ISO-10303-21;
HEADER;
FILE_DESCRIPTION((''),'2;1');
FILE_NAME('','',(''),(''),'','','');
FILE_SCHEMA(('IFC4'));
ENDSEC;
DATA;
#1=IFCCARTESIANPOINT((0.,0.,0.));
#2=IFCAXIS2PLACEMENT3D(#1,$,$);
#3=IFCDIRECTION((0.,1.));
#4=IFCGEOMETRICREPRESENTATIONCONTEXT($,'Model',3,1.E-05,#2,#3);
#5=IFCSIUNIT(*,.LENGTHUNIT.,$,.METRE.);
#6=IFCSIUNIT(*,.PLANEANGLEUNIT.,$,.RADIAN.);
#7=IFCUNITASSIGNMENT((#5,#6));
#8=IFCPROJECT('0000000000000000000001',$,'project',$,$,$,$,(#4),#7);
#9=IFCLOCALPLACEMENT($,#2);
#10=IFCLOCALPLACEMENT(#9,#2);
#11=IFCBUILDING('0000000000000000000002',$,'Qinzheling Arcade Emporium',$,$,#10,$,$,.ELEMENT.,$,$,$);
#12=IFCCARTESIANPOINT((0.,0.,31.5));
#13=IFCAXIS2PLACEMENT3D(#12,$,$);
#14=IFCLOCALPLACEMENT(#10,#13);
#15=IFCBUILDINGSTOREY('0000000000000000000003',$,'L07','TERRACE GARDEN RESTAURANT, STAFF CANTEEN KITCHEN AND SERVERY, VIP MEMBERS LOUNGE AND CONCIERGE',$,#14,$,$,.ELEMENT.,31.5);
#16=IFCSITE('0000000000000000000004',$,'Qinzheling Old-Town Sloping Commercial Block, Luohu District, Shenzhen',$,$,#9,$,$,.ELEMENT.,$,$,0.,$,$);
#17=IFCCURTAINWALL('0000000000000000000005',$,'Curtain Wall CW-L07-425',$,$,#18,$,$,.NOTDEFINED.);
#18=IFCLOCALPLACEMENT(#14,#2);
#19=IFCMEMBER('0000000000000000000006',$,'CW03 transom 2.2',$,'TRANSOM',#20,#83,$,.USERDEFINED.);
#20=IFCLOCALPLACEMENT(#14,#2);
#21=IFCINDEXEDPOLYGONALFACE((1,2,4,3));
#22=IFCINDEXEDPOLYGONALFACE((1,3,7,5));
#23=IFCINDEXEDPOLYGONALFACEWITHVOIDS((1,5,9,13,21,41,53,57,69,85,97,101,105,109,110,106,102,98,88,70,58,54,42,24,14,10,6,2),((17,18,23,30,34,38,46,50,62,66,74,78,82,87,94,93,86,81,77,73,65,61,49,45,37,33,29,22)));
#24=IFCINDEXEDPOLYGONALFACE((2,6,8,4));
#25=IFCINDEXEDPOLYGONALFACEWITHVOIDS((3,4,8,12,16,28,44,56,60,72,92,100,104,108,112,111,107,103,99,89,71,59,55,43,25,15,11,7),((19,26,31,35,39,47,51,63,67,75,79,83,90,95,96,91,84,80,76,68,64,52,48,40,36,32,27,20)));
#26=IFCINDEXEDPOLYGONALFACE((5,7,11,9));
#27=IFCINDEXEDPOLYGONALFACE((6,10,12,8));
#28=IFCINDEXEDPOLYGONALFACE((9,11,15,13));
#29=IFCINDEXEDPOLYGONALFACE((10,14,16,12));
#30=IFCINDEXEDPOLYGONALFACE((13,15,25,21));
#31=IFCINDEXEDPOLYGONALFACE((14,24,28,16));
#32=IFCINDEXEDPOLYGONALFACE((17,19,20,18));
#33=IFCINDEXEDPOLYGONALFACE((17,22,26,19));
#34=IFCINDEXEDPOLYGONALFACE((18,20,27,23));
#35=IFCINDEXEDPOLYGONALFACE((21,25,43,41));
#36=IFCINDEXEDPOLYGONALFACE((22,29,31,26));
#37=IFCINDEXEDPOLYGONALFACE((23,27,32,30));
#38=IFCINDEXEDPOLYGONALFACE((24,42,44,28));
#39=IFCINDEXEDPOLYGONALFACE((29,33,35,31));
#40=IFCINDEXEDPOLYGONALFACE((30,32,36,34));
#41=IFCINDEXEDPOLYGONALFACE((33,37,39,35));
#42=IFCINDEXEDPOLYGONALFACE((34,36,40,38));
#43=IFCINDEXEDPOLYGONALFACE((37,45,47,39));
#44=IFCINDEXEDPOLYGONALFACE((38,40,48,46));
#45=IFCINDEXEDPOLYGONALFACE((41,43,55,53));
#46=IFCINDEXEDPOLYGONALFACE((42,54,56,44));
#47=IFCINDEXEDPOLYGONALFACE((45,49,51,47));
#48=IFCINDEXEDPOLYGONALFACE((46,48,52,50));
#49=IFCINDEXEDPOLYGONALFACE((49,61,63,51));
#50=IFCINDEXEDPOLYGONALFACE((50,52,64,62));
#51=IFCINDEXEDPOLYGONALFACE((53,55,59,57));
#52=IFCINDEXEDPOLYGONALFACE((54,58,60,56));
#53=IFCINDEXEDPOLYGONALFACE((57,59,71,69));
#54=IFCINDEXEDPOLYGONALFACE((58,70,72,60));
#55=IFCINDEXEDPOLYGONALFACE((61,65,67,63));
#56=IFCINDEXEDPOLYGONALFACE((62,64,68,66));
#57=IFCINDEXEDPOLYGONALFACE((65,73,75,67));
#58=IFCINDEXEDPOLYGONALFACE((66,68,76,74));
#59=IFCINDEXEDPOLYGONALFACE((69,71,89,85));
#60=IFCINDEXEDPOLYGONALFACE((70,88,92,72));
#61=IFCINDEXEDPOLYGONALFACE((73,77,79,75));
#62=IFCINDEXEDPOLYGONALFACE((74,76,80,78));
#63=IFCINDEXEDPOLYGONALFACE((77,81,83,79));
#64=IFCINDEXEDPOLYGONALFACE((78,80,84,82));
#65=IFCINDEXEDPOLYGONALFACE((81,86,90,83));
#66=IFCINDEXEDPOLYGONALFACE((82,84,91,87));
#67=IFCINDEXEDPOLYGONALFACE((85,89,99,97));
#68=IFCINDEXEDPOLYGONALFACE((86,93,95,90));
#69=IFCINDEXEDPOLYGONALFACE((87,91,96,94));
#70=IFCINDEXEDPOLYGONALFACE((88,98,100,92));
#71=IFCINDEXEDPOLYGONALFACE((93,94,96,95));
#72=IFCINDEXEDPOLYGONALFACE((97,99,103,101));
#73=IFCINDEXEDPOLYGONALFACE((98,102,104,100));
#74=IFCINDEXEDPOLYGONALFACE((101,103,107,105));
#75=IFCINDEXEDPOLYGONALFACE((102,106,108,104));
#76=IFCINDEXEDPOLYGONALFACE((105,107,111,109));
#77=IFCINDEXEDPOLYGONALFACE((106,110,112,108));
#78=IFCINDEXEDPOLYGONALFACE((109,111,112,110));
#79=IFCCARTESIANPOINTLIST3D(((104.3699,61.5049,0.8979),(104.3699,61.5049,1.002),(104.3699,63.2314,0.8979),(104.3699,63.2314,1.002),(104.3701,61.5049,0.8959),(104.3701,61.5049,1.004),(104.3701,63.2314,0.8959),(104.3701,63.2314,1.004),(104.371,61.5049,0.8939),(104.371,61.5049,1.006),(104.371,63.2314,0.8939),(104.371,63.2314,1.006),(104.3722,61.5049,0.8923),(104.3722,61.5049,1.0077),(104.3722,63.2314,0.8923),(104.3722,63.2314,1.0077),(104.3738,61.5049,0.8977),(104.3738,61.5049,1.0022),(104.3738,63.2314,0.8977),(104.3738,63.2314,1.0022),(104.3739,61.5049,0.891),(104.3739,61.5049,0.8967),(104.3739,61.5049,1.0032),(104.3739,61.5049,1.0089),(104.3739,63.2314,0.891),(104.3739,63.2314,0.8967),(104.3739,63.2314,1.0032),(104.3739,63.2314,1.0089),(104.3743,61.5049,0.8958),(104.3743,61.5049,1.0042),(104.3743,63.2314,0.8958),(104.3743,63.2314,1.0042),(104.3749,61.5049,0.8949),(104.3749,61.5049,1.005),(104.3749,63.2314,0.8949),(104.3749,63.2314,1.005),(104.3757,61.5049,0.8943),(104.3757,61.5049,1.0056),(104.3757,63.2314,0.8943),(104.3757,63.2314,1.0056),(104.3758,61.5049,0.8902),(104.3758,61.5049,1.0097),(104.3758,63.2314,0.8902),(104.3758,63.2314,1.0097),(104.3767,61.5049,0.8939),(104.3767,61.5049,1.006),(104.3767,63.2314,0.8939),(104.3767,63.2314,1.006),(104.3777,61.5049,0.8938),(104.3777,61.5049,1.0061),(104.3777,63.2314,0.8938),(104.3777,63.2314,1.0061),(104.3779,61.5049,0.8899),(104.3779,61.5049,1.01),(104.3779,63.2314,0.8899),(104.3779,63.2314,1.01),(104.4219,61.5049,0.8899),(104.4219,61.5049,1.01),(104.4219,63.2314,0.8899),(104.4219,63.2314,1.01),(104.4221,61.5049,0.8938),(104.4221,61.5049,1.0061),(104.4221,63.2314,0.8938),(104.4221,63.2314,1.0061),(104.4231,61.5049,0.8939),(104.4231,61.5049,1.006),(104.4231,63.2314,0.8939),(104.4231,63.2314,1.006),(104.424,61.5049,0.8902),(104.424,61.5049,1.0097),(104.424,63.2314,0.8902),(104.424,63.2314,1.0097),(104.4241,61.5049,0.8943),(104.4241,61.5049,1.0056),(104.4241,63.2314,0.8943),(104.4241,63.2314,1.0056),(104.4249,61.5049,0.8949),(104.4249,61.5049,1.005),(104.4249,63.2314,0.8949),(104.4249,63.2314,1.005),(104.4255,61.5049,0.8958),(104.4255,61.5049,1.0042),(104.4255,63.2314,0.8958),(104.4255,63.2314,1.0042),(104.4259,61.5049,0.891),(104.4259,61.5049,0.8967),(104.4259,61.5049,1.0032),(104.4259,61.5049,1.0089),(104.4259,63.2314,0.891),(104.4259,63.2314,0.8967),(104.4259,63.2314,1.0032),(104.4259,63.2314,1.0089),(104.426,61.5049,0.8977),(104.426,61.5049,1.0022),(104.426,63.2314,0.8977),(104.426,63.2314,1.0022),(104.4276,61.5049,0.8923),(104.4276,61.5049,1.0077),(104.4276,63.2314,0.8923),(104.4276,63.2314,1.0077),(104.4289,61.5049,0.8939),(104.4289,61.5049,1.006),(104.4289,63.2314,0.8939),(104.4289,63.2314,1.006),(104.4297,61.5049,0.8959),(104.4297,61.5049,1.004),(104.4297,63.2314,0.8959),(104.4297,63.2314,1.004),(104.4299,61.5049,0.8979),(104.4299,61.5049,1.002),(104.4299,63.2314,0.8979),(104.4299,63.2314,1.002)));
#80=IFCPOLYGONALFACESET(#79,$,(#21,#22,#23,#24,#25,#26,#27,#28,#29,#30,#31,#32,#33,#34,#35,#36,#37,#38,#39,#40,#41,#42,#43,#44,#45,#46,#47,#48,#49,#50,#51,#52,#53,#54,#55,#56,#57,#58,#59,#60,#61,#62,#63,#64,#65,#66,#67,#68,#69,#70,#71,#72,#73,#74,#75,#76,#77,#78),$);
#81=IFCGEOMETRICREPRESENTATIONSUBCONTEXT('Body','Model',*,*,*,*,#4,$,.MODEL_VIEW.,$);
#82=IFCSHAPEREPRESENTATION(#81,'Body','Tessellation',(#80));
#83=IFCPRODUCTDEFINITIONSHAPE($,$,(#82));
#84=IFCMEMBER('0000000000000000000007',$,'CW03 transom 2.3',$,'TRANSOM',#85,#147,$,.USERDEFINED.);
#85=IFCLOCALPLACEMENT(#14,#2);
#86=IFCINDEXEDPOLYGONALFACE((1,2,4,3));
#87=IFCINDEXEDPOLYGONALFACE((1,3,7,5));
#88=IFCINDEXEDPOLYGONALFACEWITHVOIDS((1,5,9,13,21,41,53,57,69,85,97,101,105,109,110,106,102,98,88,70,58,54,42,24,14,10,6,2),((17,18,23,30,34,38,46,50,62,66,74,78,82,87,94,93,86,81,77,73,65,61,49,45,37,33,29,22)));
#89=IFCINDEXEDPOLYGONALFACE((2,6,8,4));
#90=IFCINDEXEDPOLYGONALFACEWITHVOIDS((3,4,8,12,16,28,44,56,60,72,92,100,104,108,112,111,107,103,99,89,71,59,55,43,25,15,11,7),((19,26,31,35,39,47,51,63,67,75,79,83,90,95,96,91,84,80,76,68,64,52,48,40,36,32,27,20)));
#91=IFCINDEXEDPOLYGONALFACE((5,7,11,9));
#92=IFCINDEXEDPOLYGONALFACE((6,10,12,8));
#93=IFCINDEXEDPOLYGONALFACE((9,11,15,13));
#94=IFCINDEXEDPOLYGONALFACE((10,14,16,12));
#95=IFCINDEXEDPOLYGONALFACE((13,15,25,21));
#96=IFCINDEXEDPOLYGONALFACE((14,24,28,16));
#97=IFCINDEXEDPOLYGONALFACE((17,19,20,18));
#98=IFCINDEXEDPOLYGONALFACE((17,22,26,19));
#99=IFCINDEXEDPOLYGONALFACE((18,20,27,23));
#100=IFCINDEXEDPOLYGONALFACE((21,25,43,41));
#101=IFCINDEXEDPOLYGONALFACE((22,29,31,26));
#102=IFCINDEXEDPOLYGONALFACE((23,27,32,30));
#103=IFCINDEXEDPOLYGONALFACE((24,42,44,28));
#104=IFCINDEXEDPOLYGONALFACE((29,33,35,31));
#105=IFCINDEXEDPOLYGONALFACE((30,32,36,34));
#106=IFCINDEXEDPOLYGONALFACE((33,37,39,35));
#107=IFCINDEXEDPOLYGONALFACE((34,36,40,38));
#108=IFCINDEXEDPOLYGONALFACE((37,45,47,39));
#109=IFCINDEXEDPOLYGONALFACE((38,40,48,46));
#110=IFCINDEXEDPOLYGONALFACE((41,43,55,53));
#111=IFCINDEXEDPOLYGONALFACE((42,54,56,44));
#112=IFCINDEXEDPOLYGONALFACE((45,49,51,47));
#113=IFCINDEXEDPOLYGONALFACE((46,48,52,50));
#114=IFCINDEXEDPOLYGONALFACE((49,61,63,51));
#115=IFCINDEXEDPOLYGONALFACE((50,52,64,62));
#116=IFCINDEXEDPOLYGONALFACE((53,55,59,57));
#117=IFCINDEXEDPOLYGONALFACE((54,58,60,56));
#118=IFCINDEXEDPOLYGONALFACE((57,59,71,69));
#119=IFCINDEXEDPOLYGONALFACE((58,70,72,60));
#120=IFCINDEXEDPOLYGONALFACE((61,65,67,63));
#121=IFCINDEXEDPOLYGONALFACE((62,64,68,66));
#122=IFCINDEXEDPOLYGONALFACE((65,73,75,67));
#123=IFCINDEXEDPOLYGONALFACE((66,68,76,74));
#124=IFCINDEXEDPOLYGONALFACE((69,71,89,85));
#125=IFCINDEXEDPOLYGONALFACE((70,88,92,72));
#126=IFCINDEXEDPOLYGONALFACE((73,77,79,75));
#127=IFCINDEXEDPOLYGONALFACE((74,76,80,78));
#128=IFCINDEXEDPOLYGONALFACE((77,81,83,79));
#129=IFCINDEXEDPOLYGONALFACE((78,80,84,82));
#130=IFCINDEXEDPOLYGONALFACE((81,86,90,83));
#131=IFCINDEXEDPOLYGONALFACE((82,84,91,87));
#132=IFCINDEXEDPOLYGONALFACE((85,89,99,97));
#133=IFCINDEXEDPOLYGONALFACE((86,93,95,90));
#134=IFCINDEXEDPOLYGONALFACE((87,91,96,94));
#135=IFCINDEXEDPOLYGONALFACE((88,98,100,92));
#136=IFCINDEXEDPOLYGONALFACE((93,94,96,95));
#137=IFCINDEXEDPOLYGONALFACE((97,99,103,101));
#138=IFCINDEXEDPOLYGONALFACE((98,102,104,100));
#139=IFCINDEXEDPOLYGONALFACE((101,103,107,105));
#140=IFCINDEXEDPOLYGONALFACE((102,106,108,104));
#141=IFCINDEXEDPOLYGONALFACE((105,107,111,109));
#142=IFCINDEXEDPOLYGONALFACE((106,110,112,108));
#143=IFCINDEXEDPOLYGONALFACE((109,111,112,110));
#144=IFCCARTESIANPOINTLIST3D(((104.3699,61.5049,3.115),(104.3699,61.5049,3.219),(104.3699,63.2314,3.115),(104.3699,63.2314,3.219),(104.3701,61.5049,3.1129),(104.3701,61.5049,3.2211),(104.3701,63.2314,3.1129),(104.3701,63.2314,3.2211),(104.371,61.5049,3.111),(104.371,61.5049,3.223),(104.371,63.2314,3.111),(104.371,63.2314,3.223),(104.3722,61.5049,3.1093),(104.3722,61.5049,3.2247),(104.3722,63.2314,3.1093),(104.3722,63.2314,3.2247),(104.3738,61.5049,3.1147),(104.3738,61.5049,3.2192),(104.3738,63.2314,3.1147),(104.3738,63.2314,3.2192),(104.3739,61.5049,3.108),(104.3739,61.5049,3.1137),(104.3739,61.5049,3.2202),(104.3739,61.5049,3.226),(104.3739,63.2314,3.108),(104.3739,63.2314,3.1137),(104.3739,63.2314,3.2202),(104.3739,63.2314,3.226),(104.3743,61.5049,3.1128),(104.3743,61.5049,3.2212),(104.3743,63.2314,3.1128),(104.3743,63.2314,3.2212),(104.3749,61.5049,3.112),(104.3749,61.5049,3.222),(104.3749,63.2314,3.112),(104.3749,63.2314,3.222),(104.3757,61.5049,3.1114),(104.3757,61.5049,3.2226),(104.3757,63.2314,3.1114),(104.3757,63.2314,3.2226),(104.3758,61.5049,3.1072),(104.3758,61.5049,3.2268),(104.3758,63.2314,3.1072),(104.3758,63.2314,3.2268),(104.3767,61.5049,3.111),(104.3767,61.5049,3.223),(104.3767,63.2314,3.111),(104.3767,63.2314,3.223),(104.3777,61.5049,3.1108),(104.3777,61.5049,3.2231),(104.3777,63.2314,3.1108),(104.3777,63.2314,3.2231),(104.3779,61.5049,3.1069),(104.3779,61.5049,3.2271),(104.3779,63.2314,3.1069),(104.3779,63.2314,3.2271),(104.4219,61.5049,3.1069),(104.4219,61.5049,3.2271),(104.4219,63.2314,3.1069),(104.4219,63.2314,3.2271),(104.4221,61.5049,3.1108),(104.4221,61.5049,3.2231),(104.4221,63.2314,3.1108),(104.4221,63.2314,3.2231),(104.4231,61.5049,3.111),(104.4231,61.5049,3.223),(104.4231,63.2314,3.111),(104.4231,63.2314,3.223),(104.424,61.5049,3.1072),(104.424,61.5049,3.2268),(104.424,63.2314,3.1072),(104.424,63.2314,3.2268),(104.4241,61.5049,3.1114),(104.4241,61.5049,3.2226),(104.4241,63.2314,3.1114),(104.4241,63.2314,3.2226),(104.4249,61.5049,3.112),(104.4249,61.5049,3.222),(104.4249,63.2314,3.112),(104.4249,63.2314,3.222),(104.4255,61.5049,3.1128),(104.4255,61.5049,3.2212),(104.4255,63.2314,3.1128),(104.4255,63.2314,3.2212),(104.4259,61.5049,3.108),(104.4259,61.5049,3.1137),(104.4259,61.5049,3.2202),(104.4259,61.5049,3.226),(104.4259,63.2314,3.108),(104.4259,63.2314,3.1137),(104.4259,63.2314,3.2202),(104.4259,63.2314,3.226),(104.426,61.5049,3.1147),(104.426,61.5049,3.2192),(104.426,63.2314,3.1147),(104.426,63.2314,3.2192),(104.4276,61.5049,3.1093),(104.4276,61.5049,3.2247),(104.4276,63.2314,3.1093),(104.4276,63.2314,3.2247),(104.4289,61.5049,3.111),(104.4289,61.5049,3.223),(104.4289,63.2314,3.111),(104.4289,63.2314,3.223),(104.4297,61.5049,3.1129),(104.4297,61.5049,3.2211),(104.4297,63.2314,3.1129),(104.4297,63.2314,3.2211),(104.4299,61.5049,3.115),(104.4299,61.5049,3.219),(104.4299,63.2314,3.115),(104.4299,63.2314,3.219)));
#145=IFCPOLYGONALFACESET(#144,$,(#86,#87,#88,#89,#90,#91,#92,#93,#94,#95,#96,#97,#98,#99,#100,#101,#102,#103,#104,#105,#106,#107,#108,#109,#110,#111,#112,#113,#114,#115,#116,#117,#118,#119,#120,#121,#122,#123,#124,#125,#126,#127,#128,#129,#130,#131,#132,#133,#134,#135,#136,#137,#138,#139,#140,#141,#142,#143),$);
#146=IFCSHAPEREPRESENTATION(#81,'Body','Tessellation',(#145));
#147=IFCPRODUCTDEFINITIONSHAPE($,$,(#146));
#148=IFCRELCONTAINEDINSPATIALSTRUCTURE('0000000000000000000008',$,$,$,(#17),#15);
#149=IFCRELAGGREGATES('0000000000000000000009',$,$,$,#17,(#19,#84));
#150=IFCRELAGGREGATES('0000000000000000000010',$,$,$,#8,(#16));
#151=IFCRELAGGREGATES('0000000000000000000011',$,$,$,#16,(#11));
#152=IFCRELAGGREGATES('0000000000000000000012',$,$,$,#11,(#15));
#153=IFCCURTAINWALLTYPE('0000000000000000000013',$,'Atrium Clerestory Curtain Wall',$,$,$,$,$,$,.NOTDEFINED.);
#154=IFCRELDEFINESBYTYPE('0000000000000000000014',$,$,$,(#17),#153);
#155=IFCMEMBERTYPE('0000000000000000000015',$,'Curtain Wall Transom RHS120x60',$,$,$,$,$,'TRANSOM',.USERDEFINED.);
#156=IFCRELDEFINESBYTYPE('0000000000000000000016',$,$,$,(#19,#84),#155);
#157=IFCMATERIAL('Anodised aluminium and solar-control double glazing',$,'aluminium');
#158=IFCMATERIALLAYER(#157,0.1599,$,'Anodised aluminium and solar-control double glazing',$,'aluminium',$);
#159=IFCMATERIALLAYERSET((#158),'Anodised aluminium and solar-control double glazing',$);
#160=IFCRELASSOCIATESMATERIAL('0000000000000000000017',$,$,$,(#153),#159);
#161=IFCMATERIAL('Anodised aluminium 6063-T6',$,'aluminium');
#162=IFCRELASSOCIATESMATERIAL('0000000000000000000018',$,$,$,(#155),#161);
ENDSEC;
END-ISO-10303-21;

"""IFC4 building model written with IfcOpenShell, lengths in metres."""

from ifc_helpers import new_model, si_unit, direction, frame, origin, origin_2d, place, context, subcontext, project, spatial, hollow_rectangle, extrude, material, layer, layer_set, material_profile, profile_set, type_object, element, aggregate, save


model = new_model("IFC4")

# Units and contexts
model_context = context("Model", 3, precision=1e-05, world=origin(), true_north=direction((0.0, 1.0)))
body_context = subcontext(model_context, "Body", "Model", "MODEL_VIEW")
ifc_project = project(units=[si_unit("LENGTHUNIT", "METRE"), si_unit("PLANEANGLEUNIT", "RADIAN")], contexts=[model_context])

# Site, building, storey
site_placement = place(None, origin())
site = spatial("IfcSite", under=ifc_project, at=site_placement, Name="Qinzheling Old-Town Sloping Commercial Block, Luohu District, Shenzhen", CompositionType="ELEMENT", RefElevation=0.0)
building_placement = place(site_placement, origin())
building = spatial("IfcBuilding", under=site, at=building_placement, Name="Qinzheling Arcade Emporium", CompositionType="ELEMENT")
storey_placement = place(building_placement, frame((0.0, 0.0, 31.5)))
storey = spatial("IfcBuildingStorey", under=building, at=storey_placement, Name="L07", Description="TERRACE GARDEN RESTAURANT, STAFF CANTEEN KITCHEN AND SERVERY, VIP MEMBERS LOUNGE AND CONCIERGE", CompositionType="ELEMENT", Elevation=31.5)

# Shared definitions
ifc_material_1 = material(Name="Anodised aluminium and solar-control double glazing", Category="aluminium")
ifc_layer_1 = layer(ifc_material_1, 0.1599, Name="Anodised aluminium and solar-control double glazing", Category="aluminium")
ifc_layer_set_1 = layer_set([ifc_layer_1], Name="Anodised aluminium and solar-control double glazing")
curtain_wall_type = type_object("IfcCurtainWallType", Name="Atrium Clerestory Curtain Wall", PredefinedType="NOTDEFINED", material=ifc_layer_set_1)
ifc_material_2 = material(Name="Anodised aluminium 6063-T6", Category="aluminium")

# Curtain wall
curtain_wall_1_placement = place(storey_placement, origin())
curtain_wall_1 = element("IfcCurtainWall", 1, at=curtain_wall_1_placement, inside=storey, type_object=curtain_wall_type, Name="Curtain Wall CW-L07-425", PredefinedType="NOTDEFINED")

# Members
ifc_material_profile_1 = material_profile(ifc_material_2, hollow_rectangle(XDim=0.0601, YDim=0.1201, WallThickness=0.0039, InnerFilletRadius=0.0039, OuterFilletRadius=0.0081, at=origin_2d()), Name="RHS 120x60x4", Category="aluminium")
ifc_profile_set_1 = profile_set([ifc_material_profile_1], Name="Anodised aluminium 6063-T6")
member_type_1 = type_object("IfcMemberType", Name="Curtain Wall Transom RHS120x60", ElementType="TRANSOM", PredefinedType="USERDEFINED", material=ifc_profile_set_1)
member_1_placement = place(storey_placement, frame((104.3999, 63.2314, 0.95), z_axis=(0.0, -1.0, 0.0), x_axis=(1.0, 0.0, 0.0)))
member_1 = element("IfcMember", 2, at=member_1_placement, type_object=member_type_1, Name="CW03 transom 2.2", ObjectType="TRANSOM", PredefinedType="USERDEFINED", context=body_context, shape_type="SweptSolid", body=[
    extrude(hollow_rectangle(XDim=0.0601, YDim=0.1201, WallThickness=0.0039, InnerFilletRadius=0.0039, OuterFilletRadius=0.0081, at=origin_2d()), origin(), (0.0, 0.0, 1.0), 1.7266),
])
member_2_placement = place(storey_placement, frame((104.3999, 63.2314, 3.167), z_axis=(0.0, -1.0, 0.0), x_axis=(1.0, 0.0, 0.0)))
member_2 = element("IfcMember", 3, at=member_2_placement, type_object=member_type_1, Name="CW03 transom 2.3", ObjectType="TRANSOM", PredefinedType="USERDEFINED", context=body_context, shape_type="SweptSolid", body=[
    extrude(hollow_rectangle(XDim=0.0601, YDim=0.1201, WallThickness=0.0039, InnerFilletRadius=0.0039, OuterFilletRadius=0.0081, at=origin_2d()), origin(), (0.0, 0.0, 1.0), 1.7266),
])

aggregate(curtain_wall_1, [member_1, member_2])

save(model, "model.ifc")
